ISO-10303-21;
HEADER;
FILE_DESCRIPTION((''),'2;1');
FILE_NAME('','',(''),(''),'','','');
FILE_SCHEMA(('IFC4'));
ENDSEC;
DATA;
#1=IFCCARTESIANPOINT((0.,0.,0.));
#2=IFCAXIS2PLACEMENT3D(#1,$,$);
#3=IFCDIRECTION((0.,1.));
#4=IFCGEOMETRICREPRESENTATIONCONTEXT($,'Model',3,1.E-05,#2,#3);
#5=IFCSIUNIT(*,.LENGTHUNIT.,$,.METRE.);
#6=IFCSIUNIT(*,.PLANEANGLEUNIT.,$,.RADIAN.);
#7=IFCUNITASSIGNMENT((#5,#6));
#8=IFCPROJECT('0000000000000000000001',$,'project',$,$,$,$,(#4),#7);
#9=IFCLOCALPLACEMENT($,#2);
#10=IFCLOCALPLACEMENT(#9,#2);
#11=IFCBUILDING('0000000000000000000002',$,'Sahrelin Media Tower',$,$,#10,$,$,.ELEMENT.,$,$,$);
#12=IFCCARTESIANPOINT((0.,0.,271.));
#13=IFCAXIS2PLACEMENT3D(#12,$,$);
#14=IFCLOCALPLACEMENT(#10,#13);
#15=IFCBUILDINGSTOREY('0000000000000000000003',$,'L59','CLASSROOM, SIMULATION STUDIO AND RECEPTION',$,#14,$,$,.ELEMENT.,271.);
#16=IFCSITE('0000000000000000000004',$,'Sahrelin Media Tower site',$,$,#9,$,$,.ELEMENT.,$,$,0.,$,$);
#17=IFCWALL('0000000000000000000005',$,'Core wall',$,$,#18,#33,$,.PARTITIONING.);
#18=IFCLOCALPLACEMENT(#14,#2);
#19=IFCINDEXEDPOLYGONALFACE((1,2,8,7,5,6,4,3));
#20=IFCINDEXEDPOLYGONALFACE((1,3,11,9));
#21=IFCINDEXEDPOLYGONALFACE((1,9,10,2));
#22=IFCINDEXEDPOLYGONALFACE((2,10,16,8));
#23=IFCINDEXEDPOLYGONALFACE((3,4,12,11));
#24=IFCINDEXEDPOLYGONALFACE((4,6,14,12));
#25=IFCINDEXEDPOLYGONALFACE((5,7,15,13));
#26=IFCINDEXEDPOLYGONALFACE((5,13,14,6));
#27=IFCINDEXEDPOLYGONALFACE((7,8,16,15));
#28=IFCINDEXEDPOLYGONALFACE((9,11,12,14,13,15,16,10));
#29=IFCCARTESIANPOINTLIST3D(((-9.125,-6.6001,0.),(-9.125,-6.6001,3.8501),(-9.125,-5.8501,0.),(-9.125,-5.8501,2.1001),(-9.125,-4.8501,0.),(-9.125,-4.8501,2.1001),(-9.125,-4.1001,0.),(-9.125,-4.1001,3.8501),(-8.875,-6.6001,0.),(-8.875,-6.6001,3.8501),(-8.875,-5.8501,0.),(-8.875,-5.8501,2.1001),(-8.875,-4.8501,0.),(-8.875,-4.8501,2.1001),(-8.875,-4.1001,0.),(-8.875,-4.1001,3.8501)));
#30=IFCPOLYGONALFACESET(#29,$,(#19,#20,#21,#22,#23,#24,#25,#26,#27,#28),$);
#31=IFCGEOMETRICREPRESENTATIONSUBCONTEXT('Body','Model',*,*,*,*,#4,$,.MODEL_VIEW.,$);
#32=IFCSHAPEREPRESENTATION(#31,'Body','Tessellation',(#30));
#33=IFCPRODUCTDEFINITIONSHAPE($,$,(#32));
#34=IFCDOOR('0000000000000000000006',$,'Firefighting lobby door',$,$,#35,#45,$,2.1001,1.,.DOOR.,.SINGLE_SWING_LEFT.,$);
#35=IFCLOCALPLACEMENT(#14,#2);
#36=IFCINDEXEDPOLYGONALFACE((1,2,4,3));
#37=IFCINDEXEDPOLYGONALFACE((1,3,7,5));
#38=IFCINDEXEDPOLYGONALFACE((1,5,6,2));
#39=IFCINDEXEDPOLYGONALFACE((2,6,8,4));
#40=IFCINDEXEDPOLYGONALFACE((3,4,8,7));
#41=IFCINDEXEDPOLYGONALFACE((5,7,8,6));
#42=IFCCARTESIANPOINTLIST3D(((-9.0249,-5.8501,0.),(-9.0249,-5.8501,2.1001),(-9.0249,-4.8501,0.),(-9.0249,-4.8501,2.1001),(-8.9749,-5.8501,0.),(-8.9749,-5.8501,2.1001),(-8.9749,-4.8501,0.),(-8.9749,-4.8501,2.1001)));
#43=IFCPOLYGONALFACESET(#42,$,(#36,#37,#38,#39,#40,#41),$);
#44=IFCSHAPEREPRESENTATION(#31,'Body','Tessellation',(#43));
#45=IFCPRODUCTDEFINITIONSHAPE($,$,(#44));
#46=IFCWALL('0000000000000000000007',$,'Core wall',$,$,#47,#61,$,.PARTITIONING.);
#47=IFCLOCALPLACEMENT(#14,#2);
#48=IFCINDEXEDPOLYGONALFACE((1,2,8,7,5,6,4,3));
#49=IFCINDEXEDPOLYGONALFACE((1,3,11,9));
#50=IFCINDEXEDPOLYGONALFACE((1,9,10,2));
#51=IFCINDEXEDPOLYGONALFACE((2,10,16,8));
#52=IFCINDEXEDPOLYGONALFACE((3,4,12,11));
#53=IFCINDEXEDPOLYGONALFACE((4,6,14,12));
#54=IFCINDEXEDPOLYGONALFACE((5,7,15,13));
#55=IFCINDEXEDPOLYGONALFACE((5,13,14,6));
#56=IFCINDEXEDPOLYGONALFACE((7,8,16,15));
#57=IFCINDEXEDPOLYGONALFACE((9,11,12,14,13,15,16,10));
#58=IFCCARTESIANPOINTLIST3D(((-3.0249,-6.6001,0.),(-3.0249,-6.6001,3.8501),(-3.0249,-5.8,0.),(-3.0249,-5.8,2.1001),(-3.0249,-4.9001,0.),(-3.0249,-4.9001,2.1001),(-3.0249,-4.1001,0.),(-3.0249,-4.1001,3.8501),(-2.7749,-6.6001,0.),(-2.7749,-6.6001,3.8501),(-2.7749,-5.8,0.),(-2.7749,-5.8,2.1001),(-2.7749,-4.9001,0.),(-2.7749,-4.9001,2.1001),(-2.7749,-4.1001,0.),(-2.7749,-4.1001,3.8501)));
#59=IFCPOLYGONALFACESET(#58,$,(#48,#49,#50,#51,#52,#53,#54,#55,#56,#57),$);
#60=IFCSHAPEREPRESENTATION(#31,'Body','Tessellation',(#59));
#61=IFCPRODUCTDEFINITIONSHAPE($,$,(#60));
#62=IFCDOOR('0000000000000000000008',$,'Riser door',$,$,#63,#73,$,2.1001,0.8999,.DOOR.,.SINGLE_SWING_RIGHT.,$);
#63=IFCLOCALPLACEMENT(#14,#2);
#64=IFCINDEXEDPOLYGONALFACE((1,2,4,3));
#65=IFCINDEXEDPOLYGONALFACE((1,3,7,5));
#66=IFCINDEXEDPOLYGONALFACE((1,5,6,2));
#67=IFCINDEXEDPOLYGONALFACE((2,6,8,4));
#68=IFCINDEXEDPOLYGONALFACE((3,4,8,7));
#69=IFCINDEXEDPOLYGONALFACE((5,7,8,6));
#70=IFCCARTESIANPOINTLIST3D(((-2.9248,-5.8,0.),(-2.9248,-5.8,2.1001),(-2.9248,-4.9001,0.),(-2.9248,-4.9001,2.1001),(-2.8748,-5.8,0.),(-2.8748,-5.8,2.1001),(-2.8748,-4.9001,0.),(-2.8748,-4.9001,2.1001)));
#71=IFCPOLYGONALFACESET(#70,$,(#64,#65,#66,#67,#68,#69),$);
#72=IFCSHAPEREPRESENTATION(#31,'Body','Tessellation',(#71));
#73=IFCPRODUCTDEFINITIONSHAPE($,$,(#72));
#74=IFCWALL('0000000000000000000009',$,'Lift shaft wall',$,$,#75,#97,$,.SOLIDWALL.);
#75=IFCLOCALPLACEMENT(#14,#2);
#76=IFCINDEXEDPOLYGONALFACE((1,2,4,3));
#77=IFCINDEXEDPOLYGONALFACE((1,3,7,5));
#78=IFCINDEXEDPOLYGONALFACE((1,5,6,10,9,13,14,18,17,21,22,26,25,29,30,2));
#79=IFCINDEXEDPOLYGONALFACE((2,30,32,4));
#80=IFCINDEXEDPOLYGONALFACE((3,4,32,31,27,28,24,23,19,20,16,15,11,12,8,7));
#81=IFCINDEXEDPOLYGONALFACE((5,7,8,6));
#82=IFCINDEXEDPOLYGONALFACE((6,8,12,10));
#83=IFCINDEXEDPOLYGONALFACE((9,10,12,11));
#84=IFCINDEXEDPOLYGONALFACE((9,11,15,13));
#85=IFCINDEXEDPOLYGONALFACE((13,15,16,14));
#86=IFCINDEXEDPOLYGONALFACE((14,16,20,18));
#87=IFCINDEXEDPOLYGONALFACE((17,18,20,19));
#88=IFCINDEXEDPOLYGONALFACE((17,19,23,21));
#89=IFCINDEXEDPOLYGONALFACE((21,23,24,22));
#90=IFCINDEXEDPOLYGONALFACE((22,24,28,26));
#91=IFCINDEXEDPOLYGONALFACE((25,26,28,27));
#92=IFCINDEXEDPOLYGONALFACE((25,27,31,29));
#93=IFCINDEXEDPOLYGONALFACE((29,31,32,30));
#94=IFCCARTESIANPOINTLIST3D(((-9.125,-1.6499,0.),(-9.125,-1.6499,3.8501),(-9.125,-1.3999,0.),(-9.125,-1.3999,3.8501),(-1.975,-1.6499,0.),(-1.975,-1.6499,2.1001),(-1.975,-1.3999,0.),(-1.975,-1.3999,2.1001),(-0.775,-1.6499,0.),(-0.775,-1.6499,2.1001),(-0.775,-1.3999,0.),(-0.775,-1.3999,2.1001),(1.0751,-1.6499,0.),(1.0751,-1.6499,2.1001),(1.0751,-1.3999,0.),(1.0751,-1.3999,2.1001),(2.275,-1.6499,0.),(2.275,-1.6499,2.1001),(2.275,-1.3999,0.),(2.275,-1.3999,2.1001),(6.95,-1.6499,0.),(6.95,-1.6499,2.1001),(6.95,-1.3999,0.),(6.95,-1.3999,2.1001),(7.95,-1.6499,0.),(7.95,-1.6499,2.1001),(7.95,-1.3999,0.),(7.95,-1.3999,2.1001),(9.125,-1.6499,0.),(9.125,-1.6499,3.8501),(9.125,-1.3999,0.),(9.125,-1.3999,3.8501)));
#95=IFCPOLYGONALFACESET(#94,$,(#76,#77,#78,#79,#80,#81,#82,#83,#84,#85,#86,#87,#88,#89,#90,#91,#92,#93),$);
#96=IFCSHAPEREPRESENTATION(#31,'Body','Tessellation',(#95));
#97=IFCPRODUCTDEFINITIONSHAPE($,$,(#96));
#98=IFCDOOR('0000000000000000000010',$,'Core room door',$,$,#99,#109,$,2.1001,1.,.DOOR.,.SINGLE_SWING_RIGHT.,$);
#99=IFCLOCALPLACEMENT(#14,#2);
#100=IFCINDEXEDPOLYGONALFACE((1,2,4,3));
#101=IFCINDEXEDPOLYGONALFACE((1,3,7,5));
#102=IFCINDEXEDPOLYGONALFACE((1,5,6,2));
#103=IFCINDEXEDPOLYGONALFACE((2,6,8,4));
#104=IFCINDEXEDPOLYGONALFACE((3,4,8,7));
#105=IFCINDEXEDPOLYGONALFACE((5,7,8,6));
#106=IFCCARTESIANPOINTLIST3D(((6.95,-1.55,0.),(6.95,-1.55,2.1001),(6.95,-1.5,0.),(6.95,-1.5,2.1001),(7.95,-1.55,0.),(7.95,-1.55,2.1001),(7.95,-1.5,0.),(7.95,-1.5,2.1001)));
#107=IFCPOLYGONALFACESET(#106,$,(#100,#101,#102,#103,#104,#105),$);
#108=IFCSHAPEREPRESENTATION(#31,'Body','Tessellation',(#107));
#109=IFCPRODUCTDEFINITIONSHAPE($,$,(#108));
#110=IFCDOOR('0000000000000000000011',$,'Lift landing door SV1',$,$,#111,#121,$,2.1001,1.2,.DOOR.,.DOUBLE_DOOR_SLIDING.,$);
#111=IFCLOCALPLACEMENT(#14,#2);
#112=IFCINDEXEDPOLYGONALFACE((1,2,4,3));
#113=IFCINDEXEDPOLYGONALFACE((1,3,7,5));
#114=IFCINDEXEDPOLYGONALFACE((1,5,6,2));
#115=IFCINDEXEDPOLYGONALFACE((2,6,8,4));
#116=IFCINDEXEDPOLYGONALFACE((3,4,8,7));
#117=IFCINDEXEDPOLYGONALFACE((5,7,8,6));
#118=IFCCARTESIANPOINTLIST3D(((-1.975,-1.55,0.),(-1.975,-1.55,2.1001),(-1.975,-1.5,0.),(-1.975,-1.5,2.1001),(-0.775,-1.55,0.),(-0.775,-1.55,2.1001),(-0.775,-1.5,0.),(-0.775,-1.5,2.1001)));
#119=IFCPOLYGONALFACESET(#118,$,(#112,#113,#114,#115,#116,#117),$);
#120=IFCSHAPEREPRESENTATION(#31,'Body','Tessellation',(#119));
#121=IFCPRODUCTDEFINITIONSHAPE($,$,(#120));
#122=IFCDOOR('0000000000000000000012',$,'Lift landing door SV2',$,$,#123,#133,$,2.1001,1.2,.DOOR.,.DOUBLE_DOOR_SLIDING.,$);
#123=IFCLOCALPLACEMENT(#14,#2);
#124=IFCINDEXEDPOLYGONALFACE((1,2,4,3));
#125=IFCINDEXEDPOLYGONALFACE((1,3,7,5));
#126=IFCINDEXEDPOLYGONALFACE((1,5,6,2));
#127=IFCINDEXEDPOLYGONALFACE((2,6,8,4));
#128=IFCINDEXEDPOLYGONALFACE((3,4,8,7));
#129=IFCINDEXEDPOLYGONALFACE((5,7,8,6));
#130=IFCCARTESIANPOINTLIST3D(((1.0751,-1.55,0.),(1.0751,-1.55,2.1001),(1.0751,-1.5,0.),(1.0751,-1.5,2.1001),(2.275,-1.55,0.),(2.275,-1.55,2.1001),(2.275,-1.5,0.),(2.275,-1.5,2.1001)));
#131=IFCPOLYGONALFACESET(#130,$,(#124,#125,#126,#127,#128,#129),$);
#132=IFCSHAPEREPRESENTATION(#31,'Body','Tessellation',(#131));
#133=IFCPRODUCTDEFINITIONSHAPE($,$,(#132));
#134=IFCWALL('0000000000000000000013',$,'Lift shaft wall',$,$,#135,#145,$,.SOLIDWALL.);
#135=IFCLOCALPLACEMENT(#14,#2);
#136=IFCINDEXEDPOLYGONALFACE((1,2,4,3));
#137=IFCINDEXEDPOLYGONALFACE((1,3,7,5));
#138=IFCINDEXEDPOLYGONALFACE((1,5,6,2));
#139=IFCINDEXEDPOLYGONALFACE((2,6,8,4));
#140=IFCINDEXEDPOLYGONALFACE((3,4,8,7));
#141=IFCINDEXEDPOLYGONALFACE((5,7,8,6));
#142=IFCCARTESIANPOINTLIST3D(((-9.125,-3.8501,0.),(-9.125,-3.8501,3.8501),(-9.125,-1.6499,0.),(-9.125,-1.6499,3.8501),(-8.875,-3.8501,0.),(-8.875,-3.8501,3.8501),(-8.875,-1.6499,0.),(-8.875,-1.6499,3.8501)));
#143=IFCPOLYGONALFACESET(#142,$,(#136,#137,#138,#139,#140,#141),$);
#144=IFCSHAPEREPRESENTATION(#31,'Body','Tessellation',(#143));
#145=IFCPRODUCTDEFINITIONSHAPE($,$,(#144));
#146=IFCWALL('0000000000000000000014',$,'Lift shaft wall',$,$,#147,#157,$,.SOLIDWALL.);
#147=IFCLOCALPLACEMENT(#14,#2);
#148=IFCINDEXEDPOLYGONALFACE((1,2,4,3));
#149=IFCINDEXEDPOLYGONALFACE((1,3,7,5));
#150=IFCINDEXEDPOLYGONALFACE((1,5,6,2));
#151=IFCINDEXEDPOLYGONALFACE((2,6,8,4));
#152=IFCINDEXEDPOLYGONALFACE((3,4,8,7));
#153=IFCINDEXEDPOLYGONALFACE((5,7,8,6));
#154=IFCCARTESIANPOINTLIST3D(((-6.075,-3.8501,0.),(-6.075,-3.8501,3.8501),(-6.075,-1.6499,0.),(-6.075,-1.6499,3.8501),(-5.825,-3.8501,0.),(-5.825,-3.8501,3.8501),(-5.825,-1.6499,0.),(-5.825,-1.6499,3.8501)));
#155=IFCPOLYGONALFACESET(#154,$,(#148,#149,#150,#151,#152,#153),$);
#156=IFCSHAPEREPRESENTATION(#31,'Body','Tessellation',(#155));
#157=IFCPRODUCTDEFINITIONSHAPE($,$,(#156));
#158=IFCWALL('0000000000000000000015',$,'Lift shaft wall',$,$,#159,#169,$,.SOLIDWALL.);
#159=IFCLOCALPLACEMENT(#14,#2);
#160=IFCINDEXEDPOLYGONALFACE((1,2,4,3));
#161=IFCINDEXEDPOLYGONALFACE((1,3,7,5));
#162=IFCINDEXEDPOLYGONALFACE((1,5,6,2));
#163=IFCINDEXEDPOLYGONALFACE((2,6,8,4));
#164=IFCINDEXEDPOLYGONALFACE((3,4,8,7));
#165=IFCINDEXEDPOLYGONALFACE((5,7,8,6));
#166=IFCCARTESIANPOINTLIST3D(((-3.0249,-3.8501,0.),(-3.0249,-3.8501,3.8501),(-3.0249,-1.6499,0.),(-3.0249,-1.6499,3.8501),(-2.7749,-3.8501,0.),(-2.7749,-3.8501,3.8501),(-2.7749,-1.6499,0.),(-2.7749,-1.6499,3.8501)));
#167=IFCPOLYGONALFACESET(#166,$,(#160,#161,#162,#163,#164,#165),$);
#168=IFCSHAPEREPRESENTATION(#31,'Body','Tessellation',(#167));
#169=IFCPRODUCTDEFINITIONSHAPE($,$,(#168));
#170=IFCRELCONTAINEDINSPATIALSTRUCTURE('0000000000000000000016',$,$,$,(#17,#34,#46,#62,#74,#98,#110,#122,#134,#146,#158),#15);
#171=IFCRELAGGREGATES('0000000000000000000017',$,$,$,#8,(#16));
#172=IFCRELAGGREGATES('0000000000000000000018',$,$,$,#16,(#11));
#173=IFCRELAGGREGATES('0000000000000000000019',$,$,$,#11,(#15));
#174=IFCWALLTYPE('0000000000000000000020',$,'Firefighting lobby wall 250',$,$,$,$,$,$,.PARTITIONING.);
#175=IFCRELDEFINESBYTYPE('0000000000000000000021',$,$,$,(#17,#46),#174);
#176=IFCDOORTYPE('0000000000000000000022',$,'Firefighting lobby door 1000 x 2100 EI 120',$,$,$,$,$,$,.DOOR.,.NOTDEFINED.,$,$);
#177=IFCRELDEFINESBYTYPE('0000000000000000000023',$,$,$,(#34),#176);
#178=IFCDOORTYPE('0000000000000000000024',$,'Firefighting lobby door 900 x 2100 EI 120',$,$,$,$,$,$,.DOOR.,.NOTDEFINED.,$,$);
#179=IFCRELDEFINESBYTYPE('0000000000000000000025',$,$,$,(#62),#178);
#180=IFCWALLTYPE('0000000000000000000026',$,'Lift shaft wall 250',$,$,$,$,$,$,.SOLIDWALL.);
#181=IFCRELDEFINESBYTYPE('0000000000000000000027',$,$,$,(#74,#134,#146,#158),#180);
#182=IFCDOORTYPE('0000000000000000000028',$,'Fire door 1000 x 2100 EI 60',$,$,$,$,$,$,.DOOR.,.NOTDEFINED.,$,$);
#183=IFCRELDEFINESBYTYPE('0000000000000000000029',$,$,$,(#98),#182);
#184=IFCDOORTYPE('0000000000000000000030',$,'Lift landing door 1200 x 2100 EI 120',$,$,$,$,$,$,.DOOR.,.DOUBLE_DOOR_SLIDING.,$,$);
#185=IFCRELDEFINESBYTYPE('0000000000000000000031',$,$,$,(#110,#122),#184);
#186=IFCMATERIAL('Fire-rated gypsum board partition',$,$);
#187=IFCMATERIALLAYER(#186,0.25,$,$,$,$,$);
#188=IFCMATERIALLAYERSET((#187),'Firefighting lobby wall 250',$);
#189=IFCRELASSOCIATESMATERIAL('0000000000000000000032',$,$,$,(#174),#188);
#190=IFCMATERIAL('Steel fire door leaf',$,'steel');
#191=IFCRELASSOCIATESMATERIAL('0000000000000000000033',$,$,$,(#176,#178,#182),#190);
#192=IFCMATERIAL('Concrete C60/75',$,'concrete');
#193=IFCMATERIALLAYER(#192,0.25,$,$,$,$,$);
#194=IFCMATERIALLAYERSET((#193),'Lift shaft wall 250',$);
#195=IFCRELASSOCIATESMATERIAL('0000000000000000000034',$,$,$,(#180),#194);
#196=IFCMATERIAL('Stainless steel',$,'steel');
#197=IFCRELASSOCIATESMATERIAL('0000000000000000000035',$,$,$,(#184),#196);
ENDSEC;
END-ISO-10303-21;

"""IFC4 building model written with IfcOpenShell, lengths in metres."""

from ifc_helpers import new_model, si_unit, direction, frame, frame_2d, origin, place, context, subcontext, project, spatial, rectangle, extrude, material, layer, layer_set, type_object, element, fill, save


model = new_model("IFC4")

# Units and contexts
model_context = context("Model", 3, precision=1e-05, world=origin(), true_north=direction((0.0, 1.0)))
body_context = subcontext(model_context, "Body", "Model", "MODEL_VIEW")
ifc_project = project(units=[si_unit("LENGTHUNIT", "METRE"), si_unit("PLANEANGLEUNIT", "RADIAN")], contexts=[model_context])

# Site, building, storey
site_placement = place(None, origin())
site = spatial("IfcSite", under=ifc_project, at=site_placement, Name="Sahrelin Media Tower site", CompositionType="ELEMENT", RefElevation=0.0)
building_placement = place(site_placement, origin())
building = spatial("IfcBuilding", under=site, at=building_placement, Name="Sahrelin Media Tower", CompositionType="ELEMENT")
storey_placement = place(building_placement, frame((0.0, 0.0, 271.0)))
storey = spatial("IfcBuildingStorey", under=building, at=storey_placement, Name="L59", Description="CLASSROOM, SIMULATION STUDIO AND RECEPTION", CompositionType="ELEMENT", Elevation=271.0)

# Shared definitions
ifc_material_1 = material(Name="Concrete C60/75", Category="concrete")

# Walls, openings, doors
ifc_material_2 = material(Name="Fire-rated gypsum board partition")
ifc_layer_1 = layer(ifc_material_2, 0.25)
ifc_layer_set_1 = layer_set([ifc_layer_1], Name="Firefighting lobby wall 250")
wall_type_1 = type_object("IfcWallType", Name="Firefighting lobby wall 250", PredefinedType="PARTITIONING", material=ifc_layer_set_1)
wall_1_placement = place(storey_placement, frame((-9.0, -6.6001, 0.0), z_axis=(0.0, 0.0, 1.0), x_axis=(0.0, 1.0, 0.0)))
wall_1 = element("IfcWall", 1, at=wall_1_placement, inside=storey, type_object=wall_type_1, Name="Core wall", PredefinedType="PARTITIONING", context=body_context, shape_type="SweptSolid", body=[
    extrude(rectangle(XDim=2.5, YDim=0.25, at=frame_2d((1.25, 0.0))), origin(), (0.0, 0.0, 1.0), 3.8501),
])
opening_1_placement = place(wall_1_placement, frame((0.75, 0.0, 0.0)))
opening_1 = element("IfcOpeningElement", 2, at=opening_1_placement, cuts=wall_1, PredefinedType="OPENING", context=body_context, shape_type="SweptSolid", body=[
    extrude(rectangle(XDim=1.0, YDim=2.1001, at=frame_2d((0.5, 1.05))), frame((0.0, 0.125, 0.0), z_axis=(0.0, -1.0, 0.0), x_axis=(1.0, 0.0, 0.0)), (0.0, 0.0, 1.0), 0.25),
])
ifc_material_3 = material(Name="Steel fire door leaf", Category="steel")
door_type_1 = type_object("IfcDoorType", Name="Firefighting lobby door 1000 x 2100 EI 120", OperationType="NOTDEFINED", PredefinedType="DOOR", material=ifc_material_3)
door_1_placement = place(opening_1_placement, origin())
door_1 = element("IfcDoor", 3, at=door_1_placement, inside=storey, type_object=door_type_1, Name="Firefighting lobby door", OperationType="SINGLE_SWING_LEFT", OverallHeight=2.1001, OverallWidth=1.0, PredefinedType="DOOR", context=body_context, shape_type="SweptSolid", body=[
    extrude(rectangle(XDim=1.0, YDim=2.1001, at=frame_2d((0.5, 1.05))), frame((0.0, 0.0249, 0.0), z_axis=(0.0, -1.0, 0.0), x_axis=(1.0, 0.0, 0.0)), (0.0, 0.0, 1.0), 0.05),
])
fill(opening_1, door_1)
wall_2_placement = place(storey_placement, frame((-2.8999, -6.6001, 0.0), z_axis=(0.0, 0.0, 1.0), x_axis=(0.0, 1.0, 0.0)))
wall_2 = element("IfcWall", 4, at=wall_2_placement, inside=storey, type_object=wall_type_1, Name="Core wall", PredefinedType="PARTITIONING", context=body_context, shape_type="SweptSolid", body=[
    extrude(rectangle(XDim=2.5, YDim=0.25, at=frame_2d((1.25, 0.0))), origin(), (0.0, 0.0, 1.0), 3.8501),
])
opening_2_placement = place(wall_2_placement, frame((0.8, 0.0, 0.0)))
opening_2 = element("IfcOpeningElement", 5, at=opening_2_placement, cuts=wall_2, PredefinedType="OPENING", context=body_context, shape_type="SweptSolid", body=[
    extrude(rectangle(XDim=0.8999, YDim=2.1001, at=frame_2d((0.45, 1.05))), frame((0.0, 0.125, 0.0), z_axis=(0.0, -1.0, 0.0), x_axis=(1.0, 0.0, 0.0)), (0.0, 0.0, 1.0), 0.25),
])
door_type_2 = type_object("IfcDoorType", Name="Firefighting lobby door 900 x 2100 EI 120", OperationType="NOTDEFINED", PredefinedType="DOOR", material=ifc_material_3)
door_2_placement = place(opening_2_placement, origin())
door_2 = element("IfcDoor", 6, at=door_2_placement, inside=storey, type_object=door_type_2, Name="Riser door", OperationType="SINGLE_SWING_RIGHT", OverallHeight=2.1001, OverallWidth=0.8999, PredefinedType="DOOR", context=body_context, shape_type="SweptSolid", body=[
    extrude(rectangle(XDim=0.8999, YDim=2.1001, at=frame_2d((0.45, 1.05))), frame((0.0, 0.0249, 0.0), z_axis=(0.0, -1.0, 0.0), x_axis=(1.0, 0.0, 0.0)), (0.0, 0.0, 1.0), 0.05),
])
fill(opening_2, door_2)

# Wall, openings, doors
ifc_layer_2 = layer(ifc_material_1, 0.25)
ifc_layer_set_2 = layer_set([ifc_layer_2], Name="Lift shaft wall 250")
wall_type_2 = type_object("IfcWallType", Name="Lift shaft wall 250", PredefinedType="SOLIDWALL", material=ifc_layer_set_2)
wall_3_placement = place(storey_placement, frame((-9.125, -1.5249, 0.0), z_axis=(0.0, 0.0, 1.0), x_axis=(1.0, 0.0, 0.0)))
wall_3 = element("IfcWall", 7, at=wall_3_placement, inside=storey, type_object=wall_type_2, Name="Lift shaft wall", PredefinedType="SOLIDWALL", context=body_context, shape_type="SweptSolid", body=[
    extrude(rectangle(XDim=18.25, YDim=0.25, at=frame_2d((9.125, 0.0))), origin(), (0.0, 0.0, 1.0), 3.8501),
])
opening_3_placement = place(wall_3_placement, frame((7.1499, 0.0, 0.0)))
opening_3 = element("IfcOpeningElement", 8, at=opening_3_placement, cuts=wall_3, PredefinedType="OPENING", context=body_context, shape_type="SweptSolid", body=[
    extrude(rectangle(XDim=1.2, YDim=2.1001, at=frame_2d((0.6001, 1.05))), frame((0.0, 0.125, 0.0), z_axis=(0.0, -1.0, 0.0), x_axis=(1.0, 0.0, 0.0)), (0.0, 0.0, 1.0), 0.25),
])
opening_4_placement = place(wall_3_placement, frame((10.2, 0.0, 0.0)))
opening_4 = element("IfcOpeningElement", 9, at=opening_4_placement, cuts=wall_3, PredefinedType="OPENING", context=body_context, shape_type="SweptSolid", body=[
    extrude(rectangle(XDim=1.2, YDim=2.1001, at=frame_2d((0.6001, 1.05))), frame((0.0, 0.125, 0.0), z_axis=(0.0, -1.0, 0.0), x_axis=(1.0, 0.0, 0.0)), (0.0, 0.0, 1.0), 0.25),
])
opening_5_placement = place(wall_3_placement, frame((16.075, 0.0, 0.0)))
opening_5 = element("IfcOpeningElement", 10, at=opening_5_placement, cuts=wall_3, PredefinedType="OPENING", context=body_context, shape_type="SweptSolid", body=[
    extrude(rectangle(XDim=1.0, YDim=2.1001, at=frame_2d((0.5, 1.05))), frame((0.0, 0.125, 0.0), z_axis=(0.0, -1.0, 0.0), x_axis=(1.0, 0.0, 0.0)), (0.0, 0.0, 1.0), 0.25),
])
door_type_3 = type_object("IfcDoorType", Name="Fire door 1000 x 2100 EI 60", OperationType="NOTDEFINED", PredefinedType="DOOR", material=ifc_material_3)
door_3_placement = place(opening_5_placement, origin())
door_3 = element("IfcDoor", 11, at=door_3_placement, inside=storey, type_object=door_type_3, Name="Core room door", OperationType="SINGLE_SWING_RIGHT", OverallHeight=2.1001, OverallWidth=1.0, PredefinedType="DOOR", context=body_context, shape_type="SweptSolid", body=[
    extrude(rectangle(XDim=1.0, YDim=2.1001, at=frame_2d((0.5, 1.05))), frame((0.0, 0.0249, 0.0), z_axis=(0.0, -1.0, 0.0), x_axis=(1.0, 0.0, 0.0)), (0.0, 0.0, 1.0), 0.05),
])
fill(opening_5, door_3)
ifc_material_4 = material(Name="Stainless steel", Category="steel")
door_type_4 = type_object("IfcDoorType", Name="Lift landing door 1200 x 2100 EI 120", OperationType="DOUBLE_DOOR_SLIDING", PredefinedType="DOOR", material=ifc_material_4)
door_4_placement = place(opening_3_placement, origin())
door_4 = element("IfcDoor", 12, at=door_4_placement, inside=storey, type_object=door_type_4, Name="Lift landing door SV1", OperationType="DOUBLE_DOOR_SLIDING", OverallHeight=2.1001, OverallWidth=1.2, PredefinedType="DOOR", context=body_context, shape_type="SweptSolid", body=[
    extrude(rectangle(XDim=1.2, YDim=2.1001, at=frame_2d((0.6001, 1.05))), frame((0.0, 0.0249, 0.0), z_axis=(0.0, -1.0, 0.0), x_axis=(1.0, 0.0, 0.0)), (0.0, 0.0, 1.0), 0.05),
])
fill(opening_3, door_4)
door_5_placement = place(opening_4_placement, origin())
door_5 = element("IfcDoor", 13, at=door_5_placement, inside=storey, type_object=door_type_4, Name="Lift landing door SV2", OperationType="DOUBLE_DOOR_SLIDING", OverallHeight=2.1001, OverallWidth=1.2, PredefinedType="DOOR", context=body_context, shape_type="SweptSolid", body=[
    extrude(rectangle(XDim=1.2, YDim=2.1001, at=frame_2d((0.6001, 1.05))), frame((0.0, 0.0249, 0.0), z_axis=(0.0, -1.0, 0.0), x_axis=(1.0, 0.0, 0.0)), (0.0, 0.0, 1.0), 0.05),
])
fill(opening_4, door_5)

# Walls
for number, where, z_axis, x_axis, name in (
    (14, (-9.0, -3.8501, 0.0), (0.0, 0.0, 1.0), (0.0, 1.0, 0.0), "Lift shaft wall"),
    (15, (-5.95, -3.8501, 0.0), (0.0, 0.0, 1.0), (0.0, 1.0, 0.0), "Lift shaft wall"),
    (16, (-2.8999, -3.8501, 0.0), (0.0, 0.0, 1.0), (0.0, 1.0, 0.0), "Lift shaft wall"),
):
    element("IfcWall", number, at=place(storey_placement, frame(where, z_axis=z_axis, x_axis=x_axis)), inside=storey, type_object=wall_type_2, Name=name, PredefinedType="SOLIDWALL", context=body_context, shape_type="SweptSolid", body=[
        extrude(rectangle(XDim=2.2002, YDim=0.25, at=frame_2d((1.1001, 0.0))), origin(), (0.0, 0.0, 1.0), 3.8501),
    ])

save(model, "model.ifc")
